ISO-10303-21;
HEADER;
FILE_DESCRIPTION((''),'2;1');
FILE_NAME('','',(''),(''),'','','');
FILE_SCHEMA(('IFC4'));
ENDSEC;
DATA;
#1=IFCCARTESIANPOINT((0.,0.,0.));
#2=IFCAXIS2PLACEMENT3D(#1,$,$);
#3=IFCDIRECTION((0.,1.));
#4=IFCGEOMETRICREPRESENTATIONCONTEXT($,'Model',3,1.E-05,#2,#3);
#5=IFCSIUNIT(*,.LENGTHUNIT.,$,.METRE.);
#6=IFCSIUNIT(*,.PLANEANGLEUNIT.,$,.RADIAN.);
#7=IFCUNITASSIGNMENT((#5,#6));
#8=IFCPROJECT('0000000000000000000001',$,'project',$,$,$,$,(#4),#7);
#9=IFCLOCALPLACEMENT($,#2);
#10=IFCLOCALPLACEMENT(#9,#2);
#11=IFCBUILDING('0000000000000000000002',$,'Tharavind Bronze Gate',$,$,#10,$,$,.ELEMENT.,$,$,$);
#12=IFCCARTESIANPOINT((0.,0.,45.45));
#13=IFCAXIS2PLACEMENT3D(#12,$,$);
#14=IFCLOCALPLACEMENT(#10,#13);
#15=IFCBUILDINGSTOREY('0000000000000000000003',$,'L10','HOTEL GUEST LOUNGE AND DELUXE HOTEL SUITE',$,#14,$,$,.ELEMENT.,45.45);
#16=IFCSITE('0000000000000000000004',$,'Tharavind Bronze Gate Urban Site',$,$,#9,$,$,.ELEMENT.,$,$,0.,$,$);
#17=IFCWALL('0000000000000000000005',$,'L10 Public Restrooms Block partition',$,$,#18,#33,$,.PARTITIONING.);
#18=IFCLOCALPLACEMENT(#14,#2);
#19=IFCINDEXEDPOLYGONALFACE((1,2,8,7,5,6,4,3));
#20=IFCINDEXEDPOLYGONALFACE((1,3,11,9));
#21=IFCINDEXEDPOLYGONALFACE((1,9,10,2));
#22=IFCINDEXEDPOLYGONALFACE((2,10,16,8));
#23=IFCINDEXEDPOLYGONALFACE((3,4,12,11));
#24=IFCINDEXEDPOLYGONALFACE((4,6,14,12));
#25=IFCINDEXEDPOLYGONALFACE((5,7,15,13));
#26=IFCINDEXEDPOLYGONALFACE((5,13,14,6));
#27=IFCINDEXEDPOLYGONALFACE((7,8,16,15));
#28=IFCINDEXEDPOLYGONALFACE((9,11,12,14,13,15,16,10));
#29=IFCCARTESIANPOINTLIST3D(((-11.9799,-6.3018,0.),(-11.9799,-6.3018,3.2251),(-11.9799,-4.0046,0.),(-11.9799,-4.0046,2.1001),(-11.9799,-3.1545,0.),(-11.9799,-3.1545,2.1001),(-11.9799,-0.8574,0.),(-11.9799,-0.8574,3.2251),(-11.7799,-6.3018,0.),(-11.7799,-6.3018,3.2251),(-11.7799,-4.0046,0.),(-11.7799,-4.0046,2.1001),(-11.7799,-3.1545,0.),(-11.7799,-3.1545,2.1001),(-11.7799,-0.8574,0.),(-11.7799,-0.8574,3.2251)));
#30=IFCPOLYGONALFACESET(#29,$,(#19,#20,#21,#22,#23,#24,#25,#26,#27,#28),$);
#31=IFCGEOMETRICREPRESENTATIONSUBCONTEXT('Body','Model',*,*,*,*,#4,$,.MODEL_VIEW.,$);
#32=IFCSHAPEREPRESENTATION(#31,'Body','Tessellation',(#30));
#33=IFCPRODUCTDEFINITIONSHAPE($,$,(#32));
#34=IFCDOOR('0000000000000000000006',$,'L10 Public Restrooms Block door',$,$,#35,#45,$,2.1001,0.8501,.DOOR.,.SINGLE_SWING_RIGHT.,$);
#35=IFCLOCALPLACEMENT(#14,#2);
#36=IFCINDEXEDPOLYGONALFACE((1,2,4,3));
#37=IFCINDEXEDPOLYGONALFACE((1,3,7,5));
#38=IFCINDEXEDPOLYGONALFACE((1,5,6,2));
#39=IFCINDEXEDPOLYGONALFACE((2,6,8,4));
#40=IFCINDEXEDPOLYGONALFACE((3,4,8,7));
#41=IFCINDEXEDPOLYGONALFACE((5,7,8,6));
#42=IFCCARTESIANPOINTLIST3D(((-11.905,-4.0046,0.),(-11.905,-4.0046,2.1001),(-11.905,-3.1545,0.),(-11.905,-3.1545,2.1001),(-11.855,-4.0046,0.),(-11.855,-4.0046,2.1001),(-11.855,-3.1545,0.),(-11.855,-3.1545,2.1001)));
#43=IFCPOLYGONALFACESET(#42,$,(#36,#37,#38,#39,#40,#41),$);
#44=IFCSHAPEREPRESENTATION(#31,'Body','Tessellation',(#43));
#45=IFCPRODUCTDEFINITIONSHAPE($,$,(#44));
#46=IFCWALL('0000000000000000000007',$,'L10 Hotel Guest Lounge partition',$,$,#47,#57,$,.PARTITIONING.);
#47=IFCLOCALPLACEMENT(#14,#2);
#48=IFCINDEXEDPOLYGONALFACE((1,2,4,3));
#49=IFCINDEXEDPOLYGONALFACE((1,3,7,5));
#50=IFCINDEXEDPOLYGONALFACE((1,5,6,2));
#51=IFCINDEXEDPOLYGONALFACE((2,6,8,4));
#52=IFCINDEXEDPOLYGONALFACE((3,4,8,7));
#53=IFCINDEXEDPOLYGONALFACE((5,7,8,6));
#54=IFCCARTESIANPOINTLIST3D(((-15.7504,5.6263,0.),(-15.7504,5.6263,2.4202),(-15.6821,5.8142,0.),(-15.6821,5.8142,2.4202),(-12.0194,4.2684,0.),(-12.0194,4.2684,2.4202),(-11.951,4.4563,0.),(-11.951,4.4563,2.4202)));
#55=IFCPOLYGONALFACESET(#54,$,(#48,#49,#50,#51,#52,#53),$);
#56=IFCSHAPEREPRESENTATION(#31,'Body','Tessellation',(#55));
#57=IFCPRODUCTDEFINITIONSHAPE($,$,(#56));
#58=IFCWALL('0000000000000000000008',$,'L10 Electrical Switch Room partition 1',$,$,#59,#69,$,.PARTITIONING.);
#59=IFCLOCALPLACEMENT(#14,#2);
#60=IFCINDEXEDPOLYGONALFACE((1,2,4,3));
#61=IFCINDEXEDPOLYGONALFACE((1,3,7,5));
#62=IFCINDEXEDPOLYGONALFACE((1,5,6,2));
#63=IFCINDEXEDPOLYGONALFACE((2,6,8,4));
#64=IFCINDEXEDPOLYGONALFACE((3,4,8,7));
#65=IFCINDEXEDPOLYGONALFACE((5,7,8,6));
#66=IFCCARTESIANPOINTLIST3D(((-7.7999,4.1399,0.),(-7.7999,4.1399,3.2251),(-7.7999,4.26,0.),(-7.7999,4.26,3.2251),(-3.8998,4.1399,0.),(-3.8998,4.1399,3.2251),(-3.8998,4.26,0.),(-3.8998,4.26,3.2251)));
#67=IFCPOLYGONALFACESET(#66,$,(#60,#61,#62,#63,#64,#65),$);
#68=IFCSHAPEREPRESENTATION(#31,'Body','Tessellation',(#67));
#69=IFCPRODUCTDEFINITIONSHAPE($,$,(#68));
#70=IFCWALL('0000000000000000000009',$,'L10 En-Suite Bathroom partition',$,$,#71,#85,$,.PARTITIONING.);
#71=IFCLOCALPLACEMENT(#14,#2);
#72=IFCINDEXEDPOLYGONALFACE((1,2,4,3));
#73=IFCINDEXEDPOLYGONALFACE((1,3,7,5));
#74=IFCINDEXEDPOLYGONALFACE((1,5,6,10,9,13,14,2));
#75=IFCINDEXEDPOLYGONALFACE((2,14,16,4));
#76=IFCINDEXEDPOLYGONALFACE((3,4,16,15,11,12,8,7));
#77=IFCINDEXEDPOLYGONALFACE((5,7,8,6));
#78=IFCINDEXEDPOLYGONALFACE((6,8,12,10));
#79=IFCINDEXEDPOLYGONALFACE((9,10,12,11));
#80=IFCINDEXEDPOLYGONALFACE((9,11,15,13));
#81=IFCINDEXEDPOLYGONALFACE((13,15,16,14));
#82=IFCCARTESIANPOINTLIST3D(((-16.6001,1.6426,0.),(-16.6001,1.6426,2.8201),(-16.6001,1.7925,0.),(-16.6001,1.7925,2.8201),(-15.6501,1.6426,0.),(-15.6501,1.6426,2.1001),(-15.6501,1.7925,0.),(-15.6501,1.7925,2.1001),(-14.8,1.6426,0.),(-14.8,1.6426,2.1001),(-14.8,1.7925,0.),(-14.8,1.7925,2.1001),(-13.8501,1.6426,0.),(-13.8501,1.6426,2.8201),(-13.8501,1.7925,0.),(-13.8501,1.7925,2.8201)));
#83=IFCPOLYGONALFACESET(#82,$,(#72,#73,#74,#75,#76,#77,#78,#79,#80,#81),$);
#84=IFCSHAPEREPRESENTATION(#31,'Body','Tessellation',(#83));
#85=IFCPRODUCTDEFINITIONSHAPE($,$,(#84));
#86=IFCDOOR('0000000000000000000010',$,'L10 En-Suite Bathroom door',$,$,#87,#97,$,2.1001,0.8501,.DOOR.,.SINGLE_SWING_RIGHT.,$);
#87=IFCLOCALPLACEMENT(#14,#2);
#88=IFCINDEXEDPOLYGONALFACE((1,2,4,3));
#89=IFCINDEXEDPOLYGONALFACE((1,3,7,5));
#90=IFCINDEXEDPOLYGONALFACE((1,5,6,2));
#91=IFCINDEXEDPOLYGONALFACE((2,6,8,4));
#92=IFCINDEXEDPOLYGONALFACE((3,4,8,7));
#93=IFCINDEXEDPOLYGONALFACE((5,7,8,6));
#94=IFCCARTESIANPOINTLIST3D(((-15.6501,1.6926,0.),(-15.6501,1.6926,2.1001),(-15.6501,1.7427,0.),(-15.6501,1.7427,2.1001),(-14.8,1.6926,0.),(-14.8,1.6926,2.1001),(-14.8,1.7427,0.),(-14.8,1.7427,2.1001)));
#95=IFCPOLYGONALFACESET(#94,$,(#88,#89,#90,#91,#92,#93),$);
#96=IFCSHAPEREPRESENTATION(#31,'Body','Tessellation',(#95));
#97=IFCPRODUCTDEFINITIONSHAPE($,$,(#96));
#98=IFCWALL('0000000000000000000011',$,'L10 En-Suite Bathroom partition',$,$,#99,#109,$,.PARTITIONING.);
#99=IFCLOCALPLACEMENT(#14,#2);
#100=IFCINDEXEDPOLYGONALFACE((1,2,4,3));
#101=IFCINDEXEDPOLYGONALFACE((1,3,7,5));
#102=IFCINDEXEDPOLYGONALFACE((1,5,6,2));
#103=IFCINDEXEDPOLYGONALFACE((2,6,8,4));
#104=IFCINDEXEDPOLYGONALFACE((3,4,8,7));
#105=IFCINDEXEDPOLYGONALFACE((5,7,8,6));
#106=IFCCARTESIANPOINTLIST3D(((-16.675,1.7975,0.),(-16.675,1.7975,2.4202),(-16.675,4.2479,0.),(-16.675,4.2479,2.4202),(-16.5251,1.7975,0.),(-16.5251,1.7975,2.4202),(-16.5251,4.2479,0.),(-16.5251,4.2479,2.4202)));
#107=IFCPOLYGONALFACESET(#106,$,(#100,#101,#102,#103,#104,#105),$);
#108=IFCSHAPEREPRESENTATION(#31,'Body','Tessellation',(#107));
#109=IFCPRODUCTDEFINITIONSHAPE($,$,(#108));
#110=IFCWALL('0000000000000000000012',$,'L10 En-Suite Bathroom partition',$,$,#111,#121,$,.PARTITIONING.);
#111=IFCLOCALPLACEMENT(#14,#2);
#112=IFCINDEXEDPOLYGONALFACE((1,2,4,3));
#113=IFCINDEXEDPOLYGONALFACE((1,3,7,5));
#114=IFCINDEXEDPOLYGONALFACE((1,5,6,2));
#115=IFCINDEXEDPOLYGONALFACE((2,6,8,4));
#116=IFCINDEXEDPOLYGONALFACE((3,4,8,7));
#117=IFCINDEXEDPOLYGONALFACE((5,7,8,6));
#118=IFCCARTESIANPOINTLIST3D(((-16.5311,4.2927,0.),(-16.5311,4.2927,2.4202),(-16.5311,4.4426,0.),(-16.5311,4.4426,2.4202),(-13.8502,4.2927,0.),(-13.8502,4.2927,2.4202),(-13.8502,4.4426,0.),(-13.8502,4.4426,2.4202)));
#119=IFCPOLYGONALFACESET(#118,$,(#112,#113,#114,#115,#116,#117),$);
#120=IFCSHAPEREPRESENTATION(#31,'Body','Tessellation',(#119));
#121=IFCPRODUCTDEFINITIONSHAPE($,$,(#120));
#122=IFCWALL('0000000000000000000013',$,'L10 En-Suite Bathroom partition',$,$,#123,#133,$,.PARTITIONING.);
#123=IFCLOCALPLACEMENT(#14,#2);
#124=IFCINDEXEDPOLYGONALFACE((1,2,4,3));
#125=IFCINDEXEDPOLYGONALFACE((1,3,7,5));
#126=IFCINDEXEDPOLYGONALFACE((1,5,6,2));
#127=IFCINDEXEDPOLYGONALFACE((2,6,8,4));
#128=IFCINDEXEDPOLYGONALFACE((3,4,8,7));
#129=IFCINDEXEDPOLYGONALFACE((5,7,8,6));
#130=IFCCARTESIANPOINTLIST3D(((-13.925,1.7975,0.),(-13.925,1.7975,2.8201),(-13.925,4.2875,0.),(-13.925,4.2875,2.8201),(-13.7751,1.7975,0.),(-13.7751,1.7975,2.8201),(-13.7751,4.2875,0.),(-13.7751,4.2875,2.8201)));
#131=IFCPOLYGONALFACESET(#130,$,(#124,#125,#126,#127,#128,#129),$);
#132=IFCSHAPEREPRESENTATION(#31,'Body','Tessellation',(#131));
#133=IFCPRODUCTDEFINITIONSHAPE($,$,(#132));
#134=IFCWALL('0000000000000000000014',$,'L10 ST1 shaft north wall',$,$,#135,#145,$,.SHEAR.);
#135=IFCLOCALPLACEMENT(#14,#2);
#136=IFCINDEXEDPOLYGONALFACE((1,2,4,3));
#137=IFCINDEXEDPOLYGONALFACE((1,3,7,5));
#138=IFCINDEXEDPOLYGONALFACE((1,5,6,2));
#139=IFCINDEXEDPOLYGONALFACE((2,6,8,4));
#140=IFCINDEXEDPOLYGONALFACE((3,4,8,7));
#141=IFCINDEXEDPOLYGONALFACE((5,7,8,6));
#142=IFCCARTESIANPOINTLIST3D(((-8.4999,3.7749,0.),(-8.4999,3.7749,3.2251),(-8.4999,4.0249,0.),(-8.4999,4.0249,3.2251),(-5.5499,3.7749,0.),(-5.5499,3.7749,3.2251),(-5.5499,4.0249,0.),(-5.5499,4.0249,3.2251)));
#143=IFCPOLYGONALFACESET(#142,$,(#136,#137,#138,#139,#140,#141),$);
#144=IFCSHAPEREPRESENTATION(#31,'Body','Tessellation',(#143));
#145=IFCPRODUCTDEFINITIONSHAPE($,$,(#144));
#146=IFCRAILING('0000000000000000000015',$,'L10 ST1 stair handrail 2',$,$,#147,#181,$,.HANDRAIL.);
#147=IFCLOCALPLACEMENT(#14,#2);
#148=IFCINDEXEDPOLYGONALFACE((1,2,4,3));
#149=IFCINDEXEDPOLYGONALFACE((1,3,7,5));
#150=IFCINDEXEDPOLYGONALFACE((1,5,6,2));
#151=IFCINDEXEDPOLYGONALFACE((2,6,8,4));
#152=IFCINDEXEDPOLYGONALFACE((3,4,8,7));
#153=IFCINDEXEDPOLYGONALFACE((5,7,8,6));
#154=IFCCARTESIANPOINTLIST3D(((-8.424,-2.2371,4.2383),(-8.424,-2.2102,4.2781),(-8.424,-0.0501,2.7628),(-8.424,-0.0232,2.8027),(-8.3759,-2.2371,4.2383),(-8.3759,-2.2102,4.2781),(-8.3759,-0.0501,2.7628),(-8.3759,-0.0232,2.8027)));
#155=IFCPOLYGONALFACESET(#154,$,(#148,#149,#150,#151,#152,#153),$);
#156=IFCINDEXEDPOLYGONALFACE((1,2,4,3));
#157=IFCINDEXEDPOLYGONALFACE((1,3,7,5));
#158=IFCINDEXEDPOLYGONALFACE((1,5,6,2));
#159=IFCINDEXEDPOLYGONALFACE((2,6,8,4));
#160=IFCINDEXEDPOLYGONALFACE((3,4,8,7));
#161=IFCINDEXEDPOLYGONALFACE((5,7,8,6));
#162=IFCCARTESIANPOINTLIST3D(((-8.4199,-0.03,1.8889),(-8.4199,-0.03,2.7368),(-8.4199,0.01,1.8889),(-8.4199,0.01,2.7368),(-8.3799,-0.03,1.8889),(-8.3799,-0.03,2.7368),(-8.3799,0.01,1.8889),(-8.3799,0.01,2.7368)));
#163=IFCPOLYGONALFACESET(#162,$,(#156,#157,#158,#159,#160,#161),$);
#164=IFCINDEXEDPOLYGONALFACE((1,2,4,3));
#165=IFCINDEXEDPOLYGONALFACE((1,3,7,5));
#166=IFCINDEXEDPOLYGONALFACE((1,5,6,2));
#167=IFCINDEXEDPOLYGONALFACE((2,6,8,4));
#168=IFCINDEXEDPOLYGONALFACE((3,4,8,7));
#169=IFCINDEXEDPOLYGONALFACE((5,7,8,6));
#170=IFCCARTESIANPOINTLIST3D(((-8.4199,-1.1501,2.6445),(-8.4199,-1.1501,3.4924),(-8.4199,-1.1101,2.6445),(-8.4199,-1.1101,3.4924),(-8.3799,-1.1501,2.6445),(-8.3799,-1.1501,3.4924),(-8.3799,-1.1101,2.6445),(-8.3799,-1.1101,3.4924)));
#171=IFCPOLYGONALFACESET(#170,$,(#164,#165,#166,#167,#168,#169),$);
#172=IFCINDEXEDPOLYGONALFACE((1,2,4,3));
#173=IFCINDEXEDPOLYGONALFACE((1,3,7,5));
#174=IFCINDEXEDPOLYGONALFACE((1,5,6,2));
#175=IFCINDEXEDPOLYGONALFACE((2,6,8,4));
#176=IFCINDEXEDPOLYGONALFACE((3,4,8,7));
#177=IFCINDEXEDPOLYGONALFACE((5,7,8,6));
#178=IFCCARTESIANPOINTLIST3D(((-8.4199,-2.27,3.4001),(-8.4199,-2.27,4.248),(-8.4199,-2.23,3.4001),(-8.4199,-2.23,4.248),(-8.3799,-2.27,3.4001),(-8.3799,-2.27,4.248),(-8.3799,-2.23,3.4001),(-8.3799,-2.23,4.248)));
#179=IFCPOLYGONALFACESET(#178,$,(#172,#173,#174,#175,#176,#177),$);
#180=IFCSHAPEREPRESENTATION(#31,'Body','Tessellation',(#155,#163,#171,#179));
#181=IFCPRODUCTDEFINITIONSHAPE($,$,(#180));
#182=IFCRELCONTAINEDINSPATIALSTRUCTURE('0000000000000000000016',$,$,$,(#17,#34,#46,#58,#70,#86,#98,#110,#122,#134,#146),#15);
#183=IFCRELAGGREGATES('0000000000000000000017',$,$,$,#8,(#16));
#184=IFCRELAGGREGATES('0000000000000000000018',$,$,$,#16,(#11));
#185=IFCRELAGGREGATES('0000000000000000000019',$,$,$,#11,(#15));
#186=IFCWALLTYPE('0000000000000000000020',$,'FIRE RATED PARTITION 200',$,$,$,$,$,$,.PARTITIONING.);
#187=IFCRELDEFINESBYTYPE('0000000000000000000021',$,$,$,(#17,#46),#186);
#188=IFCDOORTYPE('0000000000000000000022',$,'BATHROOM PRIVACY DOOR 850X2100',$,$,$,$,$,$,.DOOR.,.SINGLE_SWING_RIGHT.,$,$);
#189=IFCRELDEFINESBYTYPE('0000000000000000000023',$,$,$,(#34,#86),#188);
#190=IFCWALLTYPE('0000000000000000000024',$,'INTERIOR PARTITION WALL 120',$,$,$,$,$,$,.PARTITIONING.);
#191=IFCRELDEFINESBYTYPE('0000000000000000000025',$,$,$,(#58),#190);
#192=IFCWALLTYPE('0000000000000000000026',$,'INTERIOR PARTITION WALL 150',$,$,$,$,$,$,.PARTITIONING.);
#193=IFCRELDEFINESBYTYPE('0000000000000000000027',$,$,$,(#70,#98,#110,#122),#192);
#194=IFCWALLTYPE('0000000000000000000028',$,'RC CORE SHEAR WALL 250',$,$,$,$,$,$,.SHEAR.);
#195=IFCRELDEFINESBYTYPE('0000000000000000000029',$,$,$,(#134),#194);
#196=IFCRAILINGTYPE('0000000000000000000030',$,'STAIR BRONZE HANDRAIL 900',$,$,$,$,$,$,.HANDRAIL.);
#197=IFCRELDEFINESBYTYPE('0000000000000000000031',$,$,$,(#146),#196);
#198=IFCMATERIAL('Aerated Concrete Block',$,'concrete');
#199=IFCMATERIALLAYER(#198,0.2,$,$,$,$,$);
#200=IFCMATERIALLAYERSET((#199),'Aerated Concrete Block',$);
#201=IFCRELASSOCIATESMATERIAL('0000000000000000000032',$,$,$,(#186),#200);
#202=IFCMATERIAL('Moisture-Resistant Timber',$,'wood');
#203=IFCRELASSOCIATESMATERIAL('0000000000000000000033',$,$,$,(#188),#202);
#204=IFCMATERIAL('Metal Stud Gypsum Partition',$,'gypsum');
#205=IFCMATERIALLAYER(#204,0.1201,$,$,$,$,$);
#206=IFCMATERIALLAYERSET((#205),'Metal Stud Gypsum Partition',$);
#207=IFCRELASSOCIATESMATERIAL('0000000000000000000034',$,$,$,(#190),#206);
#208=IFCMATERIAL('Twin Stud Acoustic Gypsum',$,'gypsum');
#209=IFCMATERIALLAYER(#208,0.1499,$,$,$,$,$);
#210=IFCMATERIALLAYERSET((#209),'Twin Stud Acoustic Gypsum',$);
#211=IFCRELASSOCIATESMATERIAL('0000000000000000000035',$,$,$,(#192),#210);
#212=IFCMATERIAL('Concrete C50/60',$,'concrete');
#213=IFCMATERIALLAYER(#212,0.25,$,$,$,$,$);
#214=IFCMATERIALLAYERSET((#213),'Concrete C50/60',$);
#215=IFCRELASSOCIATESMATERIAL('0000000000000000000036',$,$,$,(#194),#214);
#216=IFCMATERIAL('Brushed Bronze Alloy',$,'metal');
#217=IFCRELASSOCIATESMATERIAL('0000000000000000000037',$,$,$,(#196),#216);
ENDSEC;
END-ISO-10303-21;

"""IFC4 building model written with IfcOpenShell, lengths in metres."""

from ifc_helpers import new_model, si_unit, direction, frame, frame_2d, origin, origin_2d, place, context, subcontext, project, spatial, rectangle, extrude, material, layer, layer_set, type_object, element, fill, save


model = new_model("IFC4")

# Units and contexts
model_context = context("Model", 3, precision=1e-05, world=origin(), true_north=direction((0.0, 1.0)))
body_context = subcontext(model_context, "Body", "Model", "MODEL_VIEW")
ifc_project = project(units=[si_unit("LENGTHUNIT", "METRE"), si_unit("PLANEANGLEUNIT", "RADIAN")], contexts=[model_context])

# Site, building, storey
site_placement = place(None, origin())
site = spatial("IfcSite", under=ifc_project, at=site_placement, Name="Tharavind Bronze Gate Urban Site", CompositionType="ELEMENT", RefElevation=0.0)
building_placement = place(site_placement, origin())
building = spatial("IfcBuilding", under=site, at=building_placement, Name="Tharavind Bronze Gate", CompositionType="ELEMENT")
storey_placement = place(building_placement, frame((0.0, 0.0, 45.45)))
storey = spatial("IfcBuildingStorey", under=building, at=storey_placement, Name="L10", Description="HOTEL GUEST LOUNGE AND DELUXE HOTEL SUITE", CompositionType="ELEMENT", Elevation=45.45)

# Shared definitions
ifc_material_1 = material(Name="Aerated Concrete Block", Category="concrete")
ifc_layer_1 = layer(ifc_material_1, 0.2)
ifc_layer_set_1 = layer_set([ifc_layer_1], Name="Aerated Concrete Block")
wall_type_1 = type_object("IfcWallType", Name="FIRE RATED PARTITION 200", PredefinedType="PARTITIONING", material=ifc_layer_set_1)

# Wall, opening, door
wall_1_placement = place(storey_placement, frame((-11.8799, -0.8574, 0.0), z_axis=(0.0, 0.0, 1.0), x_axis=(0.0, -1.0, 0.0)))
wall_1 = element("IfcWall", 1, at=wall_1_placement, inside=storey, type_object=wall_type_1, Name="L10 Public Restrooms Block partition", PredefinedType="PARTITIONING", context=body_context, shape_type="SweptSolid", body=[
    extrude(rectangle(XDim=5.4443, YDim=0.2, at=frame_2d((2.7222, 0.0))), origin(), (0.0, 0.0, 1.0), 3.2251),
])
opening_1_placement = place(wall_1_placement, frame((2.2971, 0.0, 0.0)))
opening_1 = element("IfcOpeningElement", 2, at=opening_1_placement, cuts=wall_1, PredefinedType="OPENING", context=body_context, shape_type="SweptSolid", body=[
    extrude(rectangle(XDim=0.8501, YDim=2.1001, at=frame_2d((0.425, 1.05))), frame((0.0, 0.1101, 0.0), z_axis=(0.0, -1.0, 0.0), x_axis=(1.0, 0.0, 0.0)), (0.0, 0.0, 1.0), 0.22),
])
ifc_material_2 = material(Name="Moisture-Resistant Timber", Category="wood")
door_type_1 = type_object("IfcDoorType", Name="BATHROOM PRIVACY DOOR 850X2100", OperationType="SINGLE_SWING_RIGHT", PredefinedType="DOOR", material=ifc_material_2)
door_1_placement = place(opening_1_placement, origin())
door_1 = element("IfcDoor", 3, at=door_1_placement, inside=storey, type_object=door_type_1, Name="L10 Public Restrooms Block door", OperationType="SINGLE_SWING_RIGHT", OverallHeight=2.1001, OverallWidth=0.8501, PredefinedType="DOOR", context=body_context, shape_type="SweptSolid", body=[
    extrude(rectangle(XDim=0.8501, YDim=2.1001, at=frame_2d((0.425, 1.05))), frame((0.0, 0.0249, 0.0), z_axis=(0.0, -1.0, 0.0), x_axis=(1.0, 0.0, 0.0)), (0.0, 0.0, 1.0), 0.05),
])
fill(opening_1, door_1)

# Wall
wall_2_placement = place(storey_placement, frame((-11.9851, 4.3623, 0.0), z_axis=(0.0, 0.0, 1.0), x_axis=(-0.939696, 0.34201, 0.0)))
element("IfcWall", 4, at=wall_2_placement, inside=storey, type_object=wall_type_1, Name="L10 Hotel Guest Lounge partition", PredefinedType="PARTITIONING", context=body_context, shape_type="SweptSolid", body=[
    extrude(rectangle(XDim=3.9705, YDim=0.2, at=frame_2d((1.9854, 0.0))), origin(), (0.0, 0.0, 1.0), 2.4202),
])

# Wall
ifc_material_3 = material(Name="Metal Stud Gypsum Partition", Category="gypsum")
ifc_layer_2 = layer(ifc_material_3, 0.1201)
ifc_layer_set_2 = layer_set([ifc_layer_2], Name="Metal Stud Gypsum Partition")
wall_type_2 = type_object("IfcWallType", Name="INTERIOR PARTITION WALL 120", PredefinedType="PARTITIONING", material=ifc_layer_set_2)
wall_3_placement = place(storey_placement, frame((-7.8, 4.2, 0.0), z_axis=(0.0, 0.0, 1.0), x_axis=(1.0, 0.0, 0.0)))
element("IfcWall", 5, at=wall_3_placement, inside=storey, type_object=wall_type_2, Name="L10 Electrical Switch Room partition 1", PredefinedType="PARTITIONING", context=body_context, shape_type="SweptSolid", body=[
    extrude(rectangle(XDim=3.9001, YDim=0.1201, at=frame_2d((1.9502, 0.0))), origin(), (0.0, 0.0, 1.0), 3.2251),
])

# Wall, opening, door
ifc_material_4 = material(Name="Twin Stud Acoustic Gypsum", Category="gypsum")
ifc_layer_3 = layer(ifc_material_4, 0.1499)
ifc_layer_set_3 = layer_set([ifc_layer_3], Name="Twin Stud Acoustic Gypsum")
wall_type_3 = type_object("IfcWallType", Name="INTERIOR PARTITION WALL 150", PredefinedType="PARTITIONING", material=ifc_layer_set_3)
wall_4_placement = place(storey_placement, frame((-13.8501, 1.7175, 0.0), z_axis=(0.0, 0.0, 1.0), x_axis=(-1.0, 0.0, 0.0)))
wall_4 = element("IfcWall", 6, at=wall_4_placement, inside=storey, type_object=wall_type_3, Name="L10 En-Suite Bathroom partition", PredefinedType="PARTITIONING", context=body_context, shape_type="SweptSolid", body=[
    extrude(rectangle(XDim=2.75, YDim=0.1499, at=frame_2d((1.375, 0.0))), origin(), (0.0, 0.0, 1.0), 2.8201),
])
opening_2_placement = place(wall_4_placement, frame((0.95, 0.0, 0.0)))
opening_2 = element("IfcOpeningElement", 7, at=opening_2_placement, cuts=wall_4, PredefinedType="OPENING", context=body_context, shape_type="SweptSolid", body=[
    extrude(rectangle(XDim=0.8501, YDim=2.1001, at=frame_2d((0.425, 1.05))), frame((0.0, 0.085, 0.0), z_axis=(0.0, -1.0, 0.0), x_axis=(1.0, 0.0, 0.0)), (0.0, 0.0, 1.0), 0.1699),
])
door_2_placement = place(opening_2_placement, origin())
door_2 = element("IfcDoor", 8, at=door_2_placement, inside=storey, type_object=door_type_1, Name="L10 En-Suite Bathroom door", OperationType="SINGLE_SWING_RIGHT", OverallHeight=2.1001, OverallWidth=0.8501, PredefinedType="DOOR", context=body_context, shape_type="SweptSolid", body=[
    extrude(rectangle(XDim=0.8501, YDim=2.1001, at=frame_2d((0.425, 1.05))), frame((0.0, 0.0249, 0.0), z_axis=(0.0, -1.0, 0.0), x_axis=(1.0, 0.0, 0.0)), (0.0, 0.0, 1.0), 0.05),
])
fill(opening_2, door_2)

# Walls
wall_5_placement = place(storey_placement, frame((-16.6001, 1.7976, 0.0), z_axis=(0.0, 0.0, 1.0), x_axis=(0.0, 1.0, 0.0)))
element("IfcWall", 9, at=wall_5_placement, inside=storey, type_object=wall_type_3, Name="L10 En-Suite Bathroom partition", PredefinedType="PARTITIONING", context=body_context, shape_type="SweptSolid", body=[
    extrude(rectangle(XDim=2.4504, YDim=0.1499, at=frame_2d((1.2251, 0.0))), origin(), (0.0, 0.0, 1.0), 2.4202),
])
wall_6_placement = place(storey_placement, frame((-16.531, 4.3677, 0.0), z_axis=(0.0, 0.0, 1.0), x_axis=(1.0, 0.0, 0.0)))
element("IfcWall", 10, at=wall_6_placement, inside=storey, type_object=wall_type_3, Name="L10 En-Suite Bathroom partition", PredefinedType="PARTITIONING", context=body_context, shape_type="SweptSolid", body=[
    extrude(rectangle(XDim=2.6809, YDim=0.1499, at=frame_2d((1.3403, 0.0))), origin(), (0.0, 0.0, 1.0), 2.4202),
])
wall_7_placement = place(storey_placement, frame((-13.8501, 4.2876, 0.0), z_axis=(0.0, 0.0, 1.0), x_axis=(0.0, -1.0, 0.0)))
element("IfcWall", 11, at=wall_7_placement, inside=storey, type_object=wall_type_3, Name="L10 En-Suite Bathroom partition", PredefinedType="PARTITIONING", context=body_context, shape_type="SweptSolid", body=[
    extrude(rectangle(XDim=2.49, YDim=0.1499, at=frame_2d((1.2451, 0.0))), origin(), (0.0, 0.0, 1.0), 2.8201),
])
ifc_material_5 = material(Name="Concrete C50/60", Category="concrete")
ifc_layer_4 = layer(ifc_material_5, 0.25)
ifc_layer_set_4 = layer_set([ifc_layer_4], Name="Concrete C50/60")
wall_type_4 = type_object("IfcWallType", Name="RC CORE SHEAR WALL 250", PredefinedType="SHEAR", material=ifc_layer_set_4)
wall_8_placement = place(storey_placement, frame((-8.5, 3.8999, 0.0), z_axis=(0.0, 0.0, 1.0), x_axis=(1.0, 0.0, 0.0)))
element("IfcWall", 12, at=wall_8_placement, inside=storey, type_object=wall_type_4, Name="L10 ST1 shaft north wall", PredefinedType="SHEAR", context=body_context, shape_type="SweptSolid", body=[
    extrude(rectangle(XDim=2.95, YDim=0.25, at=frame_2d((1.4751, 0.0))), origin(), (0.0, 0.0, 1.0), 3.2251),
])

# Railing
ifc_material_6 = material(Name="Brushed Bronze Alloy", Category="metal")
railing_type = type_object("IfcRailingType", Name="STAIR BRONZE HANDRAIL 900", PredefinedType="HANDRAIL", material=ifc_material_6)
railing_placement = place(storey_placement, frame((-8.3999, -0.01, 1.8889)))
element("IfcRailing", 13, at=railing_placement, inside=storey, type_object=railing_type, Name="L10 ST1 stair handrail 2", PredefinedType="HANDRAIL", context=body_context, shape_type="SweptSolid", body=[
    extrude(rectangle(XDim=0.0481, YDim=0.0481, at=origin_2d()), frame((0.0, -0.0266, 0.8938), z_axis=(0.0, -0.82898, 0.559279), x_axis=(1.0, 0.0, 0.0)), (0.0, 0.0, 1.0), 2.6382),
    extrude(rectangle(XDim=0.04, YDim=0.04, at=origin_2d()), origin(), (0.0, 0.0, 1.0), 0.8479),
    extrude(rectangle(XDim=0.04, YDim=0.04, at=origin_2d()), frame((0.0, -1.1201, 0.7556)), (0.0, 0.0, 1.0), 0.8479),
    extrude(rectangle(XDim=0.04, YDim=0.04, at=origin_2d()), frame((0.0, -2.24, 1.5112)), (0.0, 0.0, 1.0), 0.8479),
])

save(model, "model.ifc")
